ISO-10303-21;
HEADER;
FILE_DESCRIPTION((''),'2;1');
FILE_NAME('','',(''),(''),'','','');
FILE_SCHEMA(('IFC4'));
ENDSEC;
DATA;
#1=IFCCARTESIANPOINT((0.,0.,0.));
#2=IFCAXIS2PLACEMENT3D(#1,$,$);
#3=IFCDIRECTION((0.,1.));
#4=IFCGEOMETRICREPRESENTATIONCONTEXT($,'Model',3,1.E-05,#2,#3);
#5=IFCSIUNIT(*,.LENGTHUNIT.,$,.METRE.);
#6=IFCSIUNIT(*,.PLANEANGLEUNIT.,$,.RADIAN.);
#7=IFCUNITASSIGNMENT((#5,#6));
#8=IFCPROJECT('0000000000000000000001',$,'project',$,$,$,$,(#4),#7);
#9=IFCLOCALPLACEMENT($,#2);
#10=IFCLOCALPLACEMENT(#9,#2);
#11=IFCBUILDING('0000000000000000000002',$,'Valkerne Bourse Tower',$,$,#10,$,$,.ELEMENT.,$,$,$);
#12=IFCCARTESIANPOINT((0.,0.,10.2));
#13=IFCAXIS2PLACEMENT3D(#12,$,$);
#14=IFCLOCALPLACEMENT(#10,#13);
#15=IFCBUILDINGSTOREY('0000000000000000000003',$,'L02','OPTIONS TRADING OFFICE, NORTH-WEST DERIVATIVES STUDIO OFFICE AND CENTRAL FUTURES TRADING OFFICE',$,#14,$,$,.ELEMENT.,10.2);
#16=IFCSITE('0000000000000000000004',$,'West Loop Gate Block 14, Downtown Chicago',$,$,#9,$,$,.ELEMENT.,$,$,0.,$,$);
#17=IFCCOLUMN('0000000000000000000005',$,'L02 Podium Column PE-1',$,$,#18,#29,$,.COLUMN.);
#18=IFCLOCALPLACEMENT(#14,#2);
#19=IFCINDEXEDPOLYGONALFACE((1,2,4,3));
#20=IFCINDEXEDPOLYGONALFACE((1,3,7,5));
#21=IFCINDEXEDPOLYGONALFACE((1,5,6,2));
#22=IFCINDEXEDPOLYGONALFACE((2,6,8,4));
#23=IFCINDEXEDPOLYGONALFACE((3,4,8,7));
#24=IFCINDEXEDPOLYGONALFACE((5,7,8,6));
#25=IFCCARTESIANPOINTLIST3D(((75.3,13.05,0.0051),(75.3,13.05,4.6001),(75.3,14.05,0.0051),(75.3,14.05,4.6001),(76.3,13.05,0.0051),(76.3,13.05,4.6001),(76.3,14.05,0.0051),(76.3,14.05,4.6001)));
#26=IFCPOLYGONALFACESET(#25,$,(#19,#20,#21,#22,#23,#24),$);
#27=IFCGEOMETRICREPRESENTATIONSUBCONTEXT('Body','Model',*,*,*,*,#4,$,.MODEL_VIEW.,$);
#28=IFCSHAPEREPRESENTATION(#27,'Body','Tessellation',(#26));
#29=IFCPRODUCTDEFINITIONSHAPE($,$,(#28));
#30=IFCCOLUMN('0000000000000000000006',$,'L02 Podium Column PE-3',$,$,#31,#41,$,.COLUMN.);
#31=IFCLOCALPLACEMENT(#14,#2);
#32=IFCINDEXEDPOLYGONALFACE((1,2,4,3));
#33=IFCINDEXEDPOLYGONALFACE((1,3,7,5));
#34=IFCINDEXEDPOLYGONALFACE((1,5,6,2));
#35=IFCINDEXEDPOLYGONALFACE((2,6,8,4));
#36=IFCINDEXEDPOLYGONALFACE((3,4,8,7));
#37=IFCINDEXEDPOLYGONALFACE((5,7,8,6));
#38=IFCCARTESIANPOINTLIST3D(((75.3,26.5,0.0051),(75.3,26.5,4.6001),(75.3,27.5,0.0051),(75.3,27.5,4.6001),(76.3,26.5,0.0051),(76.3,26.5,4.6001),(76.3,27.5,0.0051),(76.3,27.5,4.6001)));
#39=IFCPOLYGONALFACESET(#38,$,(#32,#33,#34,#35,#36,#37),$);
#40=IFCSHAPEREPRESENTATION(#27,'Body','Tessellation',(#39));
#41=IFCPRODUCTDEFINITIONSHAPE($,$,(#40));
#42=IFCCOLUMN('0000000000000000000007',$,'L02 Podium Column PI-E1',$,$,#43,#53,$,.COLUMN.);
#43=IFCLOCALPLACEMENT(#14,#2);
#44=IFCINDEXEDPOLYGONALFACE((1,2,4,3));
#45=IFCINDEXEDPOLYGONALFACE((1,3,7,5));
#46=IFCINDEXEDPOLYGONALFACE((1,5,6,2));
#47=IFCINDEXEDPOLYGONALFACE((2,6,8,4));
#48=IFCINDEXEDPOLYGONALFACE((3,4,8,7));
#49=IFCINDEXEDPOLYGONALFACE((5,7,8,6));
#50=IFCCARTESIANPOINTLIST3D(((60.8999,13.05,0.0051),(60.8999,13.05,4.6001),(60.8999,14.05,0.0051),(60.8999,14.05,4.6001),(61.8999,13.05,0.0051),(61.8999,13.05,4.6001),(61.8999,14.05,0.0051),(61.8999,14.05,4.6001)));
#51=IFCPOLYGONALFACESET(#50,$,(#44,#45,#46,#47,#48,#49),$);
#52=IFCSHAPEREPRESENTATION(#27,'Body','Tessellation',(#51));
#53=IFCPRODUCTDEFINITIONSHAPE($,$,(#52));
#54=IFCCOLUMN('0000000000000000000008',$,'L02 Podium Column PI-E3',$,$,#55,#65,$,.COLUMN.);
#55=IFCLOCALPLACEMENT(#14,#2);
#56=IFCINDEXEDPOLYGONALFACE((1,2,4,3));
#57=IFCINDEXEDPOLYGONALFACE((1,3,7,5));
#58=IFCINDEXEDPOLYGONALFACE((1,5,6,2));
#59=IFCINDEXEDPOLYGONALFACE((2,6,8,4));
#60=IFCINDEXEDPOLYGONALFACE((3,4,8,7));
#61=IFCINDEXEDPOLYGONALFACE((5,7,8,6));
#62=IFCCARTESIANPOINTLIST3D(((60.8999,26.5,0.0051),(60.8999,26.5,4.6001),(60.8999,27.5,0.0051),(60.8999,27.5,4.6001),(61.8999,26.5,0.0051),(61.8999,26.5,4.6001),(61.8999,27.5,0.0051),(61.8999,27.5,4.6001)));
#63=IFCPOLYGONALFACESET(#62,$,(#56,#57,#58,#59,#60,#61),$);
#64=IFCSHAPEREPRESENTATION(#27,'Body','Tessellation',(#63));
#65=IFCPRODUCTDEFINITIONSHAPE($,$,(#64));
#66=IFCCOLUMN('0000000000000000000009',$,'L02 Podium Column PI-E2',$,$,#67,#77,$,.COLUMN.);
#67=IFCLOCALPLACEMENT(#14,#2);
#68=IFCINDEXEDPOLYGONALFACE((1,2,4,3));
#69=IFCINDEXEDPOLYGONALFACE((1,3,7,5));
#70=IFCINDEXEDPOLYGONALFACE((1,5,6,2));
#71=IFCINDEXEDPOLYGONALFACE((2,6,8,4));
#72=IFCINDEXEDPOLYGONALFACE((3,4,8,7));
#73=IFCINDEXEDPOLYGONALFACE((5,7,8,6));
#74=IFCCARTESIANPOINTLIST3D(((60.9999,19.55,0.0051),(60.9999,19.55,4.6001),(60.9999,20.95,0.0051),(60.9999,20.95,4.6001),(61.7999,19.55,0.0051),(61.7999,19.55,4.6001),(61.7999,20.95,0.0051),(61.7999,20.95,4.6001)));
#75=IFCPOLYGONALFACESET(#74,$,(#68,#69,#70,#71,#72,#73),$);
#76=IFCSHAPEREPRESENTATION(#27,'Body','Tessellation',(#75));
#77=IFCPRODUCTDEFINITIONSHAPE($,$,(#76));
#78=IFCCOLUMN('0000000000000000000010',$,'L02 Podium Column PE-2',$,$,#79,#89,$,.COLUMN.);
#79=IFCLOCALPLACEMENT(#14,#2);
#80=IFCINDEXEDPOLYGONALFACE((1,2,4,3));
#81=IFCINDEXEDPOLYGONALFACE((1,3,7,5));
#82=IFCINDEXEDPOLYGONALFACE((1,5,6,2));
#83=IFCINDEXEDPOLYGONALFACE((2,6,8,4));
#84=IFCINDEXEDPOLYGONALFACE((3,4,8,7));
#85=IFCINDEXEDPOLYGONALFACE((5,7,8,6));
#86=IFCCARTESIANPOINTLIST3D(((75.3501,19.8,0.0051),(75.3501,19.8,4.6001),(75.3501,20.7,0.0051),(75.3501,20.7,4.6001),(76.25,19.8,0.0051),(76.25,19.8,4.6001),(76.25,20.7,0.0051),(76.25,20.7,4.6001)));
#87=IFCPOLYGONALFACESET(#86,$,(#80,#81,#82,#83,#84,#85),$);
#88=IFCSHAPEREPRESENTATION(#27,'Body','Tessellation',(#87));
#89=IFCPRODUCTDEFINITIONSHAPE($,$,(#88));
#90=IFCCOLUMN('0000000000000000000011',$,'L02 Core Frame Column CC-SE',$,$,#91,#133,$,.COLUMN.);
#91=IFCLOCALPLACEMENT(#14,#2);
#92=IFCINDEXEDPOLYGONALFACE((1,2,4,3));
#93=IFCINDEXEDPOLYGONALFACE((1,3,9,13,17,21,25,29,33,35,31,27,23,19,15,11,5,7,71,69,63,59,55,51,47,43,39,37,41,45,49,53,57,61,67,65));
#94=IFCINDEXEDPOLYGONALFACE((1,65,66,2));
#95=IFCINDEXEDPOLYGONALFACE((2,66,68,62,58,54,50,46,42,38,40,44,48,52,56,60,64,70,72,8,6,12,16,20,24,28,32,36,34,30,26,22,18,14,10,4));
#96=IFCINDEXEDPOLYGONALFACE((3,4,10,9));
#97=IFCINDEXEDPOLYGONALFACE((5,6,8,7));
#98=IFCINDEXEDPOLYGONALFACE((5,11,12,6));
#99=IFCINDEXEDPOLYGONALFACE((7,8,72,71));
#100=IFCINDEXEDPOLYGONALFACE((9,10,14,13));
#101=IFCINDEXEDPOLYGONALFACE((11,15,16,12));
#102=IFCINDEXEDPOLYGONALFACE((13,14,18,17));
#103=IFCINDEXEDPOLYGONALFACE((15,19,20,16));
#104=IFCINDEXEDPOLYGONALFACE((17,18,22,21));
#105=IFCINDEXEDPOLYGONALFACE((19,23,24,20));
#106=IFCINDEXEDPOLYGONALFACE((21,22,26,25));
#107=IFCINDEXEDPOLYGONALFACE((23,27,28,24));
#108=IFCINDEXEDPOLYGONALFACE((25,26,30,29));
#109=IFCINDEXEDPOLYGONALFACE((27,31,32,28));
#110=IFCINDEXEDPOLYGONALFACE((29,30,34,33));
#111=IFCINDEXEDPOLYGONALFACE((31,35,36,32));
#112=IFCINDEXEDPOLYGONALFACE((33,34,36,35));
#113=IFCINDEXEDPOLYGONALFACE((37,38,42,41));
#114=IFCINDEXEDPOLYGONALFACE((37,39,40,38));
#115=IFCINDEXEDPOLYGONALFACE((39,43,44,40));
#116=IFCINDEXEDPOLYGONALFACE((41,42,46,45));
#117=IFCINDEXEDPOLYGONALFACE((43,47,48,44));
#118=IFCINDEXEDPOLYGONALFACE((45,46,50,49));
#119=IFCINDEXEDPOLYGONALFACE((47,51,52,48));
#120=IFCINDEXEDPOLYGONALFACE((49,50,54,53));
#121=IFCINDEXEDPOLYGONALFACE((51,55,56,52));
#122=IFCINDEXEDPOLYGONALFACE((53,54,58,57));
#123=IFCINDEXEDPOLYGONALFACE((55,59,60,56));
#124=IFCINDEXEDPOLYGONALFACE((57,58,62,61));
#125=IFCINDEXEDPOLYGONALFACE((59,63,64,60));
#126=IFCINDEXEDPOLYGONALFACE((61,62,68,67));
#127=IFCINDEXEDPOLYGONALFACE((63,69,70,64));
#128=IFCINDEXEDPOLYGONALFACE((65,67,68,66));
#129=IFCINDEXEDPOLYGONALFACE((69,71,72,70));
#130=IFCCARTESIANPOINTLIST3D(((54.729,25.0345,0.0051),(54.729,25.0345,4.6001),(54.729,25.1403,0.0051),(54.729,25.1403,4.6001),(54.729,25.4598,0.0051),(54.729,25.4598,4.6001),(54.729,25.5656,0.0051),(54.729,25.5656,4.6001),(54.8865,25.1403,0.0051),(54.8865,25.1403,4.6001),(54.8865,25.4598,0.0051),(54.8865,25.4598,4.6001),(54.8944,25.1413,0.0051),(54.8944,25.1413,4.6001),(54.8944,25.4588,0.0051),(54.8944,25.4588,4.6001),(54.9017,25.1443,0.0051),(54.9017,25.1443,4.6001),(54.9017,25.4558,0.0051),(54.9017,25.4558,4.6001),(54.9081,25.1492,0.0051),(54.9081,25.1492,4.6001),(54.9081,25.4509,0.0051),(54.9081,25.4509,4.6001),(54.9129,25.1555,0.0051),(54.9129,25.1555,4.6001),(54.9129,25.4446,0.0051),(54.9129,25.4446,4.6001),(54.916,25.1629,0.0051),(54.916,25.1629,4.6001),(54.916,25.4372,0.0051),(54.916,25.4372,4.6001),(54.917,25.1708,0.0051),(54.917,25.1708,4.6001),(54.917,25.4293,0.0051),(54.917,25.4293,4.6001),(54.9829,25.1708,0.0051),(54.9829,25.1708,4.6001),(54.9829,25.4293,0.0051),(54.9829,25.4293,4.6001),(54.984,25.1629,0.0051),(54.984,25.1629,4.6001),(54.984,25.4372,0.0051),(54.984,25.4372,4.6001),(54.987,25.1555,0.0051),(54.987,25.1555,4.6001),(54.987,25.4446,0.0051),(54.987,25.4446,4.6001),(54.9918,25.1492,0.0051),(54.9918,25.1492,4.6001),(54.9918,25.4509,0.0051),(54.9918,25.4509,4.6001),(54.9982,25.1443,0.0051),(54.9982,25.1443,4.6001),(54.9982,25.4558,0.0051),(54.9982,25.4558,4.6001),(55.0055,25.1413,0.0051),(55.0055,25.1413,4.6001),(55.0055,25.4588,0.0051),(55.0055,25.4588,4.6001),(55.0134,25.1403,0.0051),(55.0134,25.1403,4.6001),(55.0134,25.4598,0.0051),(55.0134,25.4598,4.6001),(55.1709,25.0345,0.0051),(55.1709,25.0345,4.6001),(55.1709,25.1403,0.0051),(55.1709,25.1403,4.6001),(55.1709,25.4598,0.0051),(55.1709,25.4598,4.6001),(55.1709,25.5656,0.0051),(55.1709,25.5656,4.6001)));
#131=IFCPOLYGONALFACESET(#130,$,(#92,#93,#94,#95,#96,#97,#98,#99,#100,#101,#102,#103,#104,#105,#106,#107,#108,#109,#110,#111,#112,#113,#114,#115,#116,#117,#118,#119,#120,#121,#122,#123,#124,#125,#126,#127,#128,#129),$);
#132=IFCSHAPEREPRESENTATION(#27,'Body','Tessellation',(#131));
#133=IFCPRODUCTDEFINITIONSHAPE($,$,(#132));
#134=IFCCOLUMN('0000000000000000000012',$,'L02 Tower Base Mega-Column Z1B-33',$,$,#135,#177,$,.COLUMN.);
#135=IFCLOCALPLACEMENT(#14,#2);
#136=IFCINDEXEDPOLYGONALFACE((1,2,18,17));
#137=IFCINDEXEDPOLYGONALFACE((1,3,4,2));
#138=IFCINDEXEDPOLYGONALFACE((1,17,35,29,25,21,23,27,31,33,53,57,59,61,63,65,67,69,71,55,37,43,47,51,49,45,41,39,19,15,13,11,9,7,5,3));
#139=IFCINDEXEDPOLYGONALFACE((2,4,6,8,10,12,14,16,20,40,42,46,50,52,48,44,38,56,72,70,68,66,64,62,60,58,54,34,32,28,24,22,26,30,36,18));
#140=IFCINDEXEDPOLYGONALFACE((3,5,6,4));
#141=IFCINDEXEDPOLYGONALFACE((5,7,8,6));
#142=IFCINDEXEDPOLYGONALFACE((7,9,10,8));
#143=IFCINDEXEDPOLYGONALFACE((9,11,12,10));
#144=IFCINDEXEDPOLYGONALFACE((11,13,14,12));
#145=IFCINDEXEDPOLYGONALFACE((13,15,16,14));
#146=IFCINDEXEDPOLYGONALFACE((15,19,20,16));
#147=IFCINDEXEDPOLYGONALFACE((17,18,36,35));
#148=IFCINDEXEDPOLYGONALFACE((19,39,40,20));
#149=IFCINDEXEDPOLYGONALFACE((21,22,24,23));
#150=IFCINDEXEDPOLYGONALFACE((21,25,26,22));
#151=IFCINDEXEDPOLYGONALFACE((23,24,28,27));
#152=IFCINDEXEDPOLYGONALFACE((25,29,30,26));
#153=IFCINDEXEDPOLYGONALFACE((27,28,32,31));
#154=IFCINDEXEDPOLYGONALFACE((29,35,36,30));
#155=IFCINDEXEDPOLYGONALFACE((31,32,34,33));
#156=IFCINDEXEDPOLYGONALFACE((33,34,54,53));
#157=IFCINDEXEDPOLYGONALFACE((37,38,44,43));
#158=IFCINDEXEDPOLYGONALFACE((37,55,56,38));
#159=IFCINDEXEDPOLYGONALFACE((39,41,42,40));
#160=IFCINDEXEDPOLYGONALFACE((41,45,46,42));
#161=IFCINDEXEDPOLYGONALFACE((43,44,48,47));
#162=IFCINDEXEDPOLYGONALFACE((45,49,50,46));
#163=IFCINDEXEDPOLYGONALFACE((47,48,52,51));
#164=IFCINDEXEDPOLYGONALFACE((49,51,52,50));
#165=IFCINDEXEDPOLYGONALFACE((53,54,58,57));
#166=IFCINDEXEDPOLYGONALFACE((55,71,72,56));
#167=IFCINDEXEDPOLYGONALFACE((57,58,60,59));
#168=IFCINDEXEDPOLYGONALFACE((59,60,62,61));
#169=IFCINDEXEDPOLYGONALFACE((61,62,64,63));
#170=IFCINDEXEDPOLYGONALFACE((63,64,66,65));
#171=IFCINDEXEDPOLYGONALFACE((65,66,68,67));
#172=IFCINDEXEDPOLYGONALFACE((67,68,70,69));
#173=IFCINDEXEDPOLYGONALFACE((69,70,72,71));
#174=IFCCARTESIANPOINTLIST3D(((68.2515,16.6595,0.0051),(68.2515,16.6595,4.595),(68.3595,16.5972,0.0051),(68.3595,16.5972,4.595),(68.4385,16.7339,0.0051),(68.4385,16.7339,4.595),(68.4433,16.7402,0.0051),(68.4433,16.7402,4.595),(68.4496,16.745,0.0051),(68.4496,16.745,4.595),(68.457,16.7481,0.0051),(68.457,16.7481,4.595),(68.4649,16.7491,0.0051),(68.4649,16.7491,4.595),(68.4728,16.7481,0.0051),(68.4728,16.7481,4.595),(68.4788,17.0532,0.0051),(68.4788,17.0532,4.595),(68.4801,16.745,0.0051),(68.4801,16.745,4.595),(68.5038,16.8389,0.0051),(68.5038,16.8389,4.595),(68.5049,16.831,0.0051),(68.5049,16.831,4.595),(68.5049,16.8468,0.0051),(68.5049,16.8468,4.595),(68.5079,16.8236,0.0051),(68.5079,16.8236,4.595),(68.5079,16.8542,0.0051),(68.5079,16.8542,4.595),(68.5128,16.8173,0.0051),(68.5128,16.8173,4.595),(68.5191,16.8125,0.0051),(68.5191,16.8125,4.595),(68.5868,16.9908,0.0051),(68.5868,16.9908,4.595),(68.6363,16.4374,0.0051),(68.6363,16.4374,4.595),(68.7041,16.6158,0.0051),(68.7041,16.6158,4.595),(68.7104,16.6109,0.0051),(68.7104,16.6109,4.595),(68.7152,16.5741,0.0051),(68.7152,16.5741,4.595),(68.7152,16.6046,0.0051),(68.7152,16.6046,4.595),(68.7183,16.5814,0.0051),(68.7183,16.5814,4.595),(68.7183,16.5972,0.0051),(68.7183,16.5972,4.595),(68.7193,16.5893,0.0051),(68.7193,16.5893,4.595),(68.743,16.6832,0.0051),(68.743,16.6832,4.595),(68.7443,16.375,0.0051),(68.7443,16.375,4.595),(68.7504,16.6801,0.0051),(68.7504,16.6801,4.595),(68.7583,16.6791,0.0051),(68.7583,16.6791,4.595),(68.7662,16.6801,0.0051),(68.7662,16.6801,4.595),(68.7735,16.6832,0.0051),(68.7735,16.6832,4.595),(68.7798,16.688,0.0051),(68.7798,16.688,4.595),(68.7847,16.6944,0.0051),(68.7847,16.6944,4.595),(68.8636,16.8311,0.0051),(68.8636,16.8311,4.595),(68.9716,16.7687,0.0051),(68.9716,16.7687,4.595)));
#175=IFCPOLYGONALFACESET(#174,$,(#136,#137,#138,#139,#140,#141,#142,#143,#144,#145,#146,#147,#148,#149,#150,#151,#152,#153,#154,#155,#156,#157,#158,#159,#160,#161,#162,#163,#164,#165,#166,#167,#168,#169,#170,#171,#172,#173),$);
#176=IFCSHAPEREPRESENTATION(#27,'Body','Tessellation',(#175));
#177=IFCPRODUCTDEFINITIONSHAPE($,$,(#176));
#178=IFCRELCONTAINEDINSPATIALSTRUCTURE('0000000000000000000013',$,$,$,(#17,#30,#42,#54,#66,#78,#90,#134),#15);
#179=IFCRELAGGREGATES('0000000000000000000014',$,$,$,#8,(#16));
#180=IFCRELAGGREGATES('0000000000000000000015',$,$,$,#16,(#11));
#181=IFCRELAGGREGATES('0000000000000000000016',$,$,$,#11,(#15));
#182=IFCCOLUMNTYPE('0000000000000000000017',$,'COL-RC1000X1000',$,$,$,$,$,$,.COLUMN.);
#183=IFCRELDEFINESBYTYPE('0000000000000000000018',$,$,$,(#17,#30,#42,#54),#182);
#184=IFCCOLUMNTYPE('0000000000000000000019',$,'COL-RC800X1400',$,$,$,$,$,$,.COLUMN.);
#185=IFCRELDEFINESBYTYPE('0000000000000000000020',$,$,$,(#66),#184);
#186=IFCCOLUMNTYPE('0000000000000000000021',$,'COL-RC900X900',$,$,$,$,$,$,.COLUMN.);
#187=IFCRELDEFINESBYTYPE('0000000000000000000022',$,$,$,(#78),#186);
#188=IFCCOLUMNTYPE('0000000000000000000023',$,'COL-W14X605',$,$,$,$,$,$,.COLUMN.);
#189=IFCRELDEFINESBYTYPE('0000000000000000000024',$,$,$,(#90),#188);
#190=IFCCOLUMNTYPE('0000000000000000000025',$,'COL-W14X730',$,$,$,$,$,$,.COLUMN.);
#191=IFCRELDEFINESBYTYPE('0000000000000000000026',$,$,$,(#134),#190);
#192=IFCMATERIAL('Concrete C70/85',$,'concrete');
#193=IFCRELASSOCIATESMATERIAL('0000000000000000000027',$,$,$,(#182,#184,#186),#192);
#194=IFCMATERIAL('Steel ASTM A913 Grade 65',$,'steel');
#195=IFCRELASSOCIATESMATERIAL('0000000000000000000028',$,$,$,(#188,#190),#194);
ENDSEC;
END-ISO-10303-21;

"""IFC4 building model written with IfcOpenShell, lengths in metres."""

from ifc_helpers import new_model, si_unit, direction, frame, origin, origin_2d, place, context, subcontext, project, spatial, rectangle, i_section, extrude, material, material_profile, profile_set, type_object, element, save


model = new_model("IFC4")

# Units and contexts
model_context = context("Model", 3, precision=1e-05, world=origin(), true_north=direction((0.0, 1.0)))
body_context = subcontext(model_context, "Body", "Model", "MODEL_VIEW")
ifc_project = project(units=[si_unit("LENGTHUNIT", "METRE"), si_unit("PLANEANGLEUNIT", "RADIAN")], contexts=[model_context])

# Site, building, storey
site_placement = place(None, origin())
site = spatial("IfcSite", under=ifc_project, at=site_placement, Name="West Loop Gate Block 14, Downtown Chicago", CompositionType="ELEMENT", RefElevation=0.0)
building_placement = place(site_placement, origin())
building = spatial("IfcBuilding", under=site, at=building_placement, Name="Valkerne Bourse Tower", CompositionType="ELEMENT")
storey_placement = place(building_placement, frame((0.0, 0.0, 10.2)))
storey = spatial("IfcBuildingStorey", under=building, at=storey_placement, Name="L02", Description="OPTIONS TRADING OFFICE, NORTH-WEST DERIVATIVES STUDIO OFFICE AND CENTRAL FUTURES TRADING OFFICE", CompositionType="ELEMENT", Elevation=10.2)

# Columns
ifc_material_1 = material(Name="Concrete C70/85", Category="concrete")
ifc_material_profile_1 = material_profile(ifc_material_1, rectangle(XDim=1.0, YDim=1.0, at=origin_2d()), Name="RC1000X1000")
ifc_profile_set_1 = profile_set([ifc_material_profile_1], Name="Concrete C70/85")
column_type_1 = type_object("IfcColumnType", Name="COL-RC1000X1000", PredefinedType="COLUMN", material=ifc_profile_set_1)
for number, where, z_axis, x_axis, name in (
    (1, (75.8, 13.55, 0.0051), (0.0, 0.0, 1.0), (1.0, 0.0, 0.0), "L02 Podium Column PE-1"),
    (2, (75.8, 27.0, 0.0051), (0.0, 0.0, 1.0), (1.0, 0.0, 0.0), "L02 Podium Column PE-3"),
    (3, (61.3999, 13.55, 0.0051), (0.0, 0.0, 1.0), (1.0, 0.0, 0.0), "L02 Podium Column PI-E1"),
    (4, (61.3999, 27.0, 0.0051), (0.0, 0.0, 1.0), (1.0, 0.0, 0.0), "L02 Podium Column PI-E3"),
):
    element("IfcColumn", number, at=place(storey_placement, frame(where, z_axis=z_axis, x_axis=x_axis)), inside=storey, type_object=column_type_1, Name=name, PredefinedType="COLUMN", context=body_context, shape_type="SweptSolid", body=[
        extrude(rectangle(XDim=1.0, YDim=1.0, at=origin_2d()), origin(), (0.0, 0.0, 1.0), 4.595),
    ])
ifc_material_profile_2 = material_profile(ifc_material_1, rectangle(XDim=0.8, YDim=1.3999, at=origin_2d()), Name="RC800X1400")
ifc_profile_set_2 = profile_set([ifc_material_profile_2], Name="Concrete C70/85")
column_type_2 = type_object("IfcColumnType", Name="COL-RC800X1400", PredefinedType="COLUMN", material=ifc_profile_set_2)
column_1_placement = place(storey_placement, frame((61.3999, 20.25, 0.0051), z_axis=(0.0, 0.0, 1.0), x_axis=(1.0, 0.0, 0.0)))
element("IfcColumn", 5, at=column_1_placement, inside=storey, type_object=column_type_2, Name="L02 Podium Column PI-E2", PredefinedType="COLUMN", context=body_context, shape_type="SweptSolid", body=[
    extrude(rectangle(XDim=0.8, YDim=1.3999, at=origin_2d()), origin(), (0.0, 0.0, 1.0), 4.595),
])
ifc_material_profile_3 = material_profile(ifc_material_1, rectangle(XDim=0.8999, YDim=0.8999, at=origin_2d()), Name="RC900X900")
ifc_profile_set_3 = profile_set([ifc_material_profile_3], Name="Concrete C70/85")
column_type_3 = type_object("IfcColumnType", Name="COL-RC900X900", PredefinedType="COLUMN", material=ifc_profile_set_3)
column_2_placement = place(storey_placement, frame((75.8, 20.25, 0.0051), z_axis=(0.0, 0.0, 1.0), x_axis=(1.0, 0.0, 0.0)))
element("IfcColumn", 6, at=column_2_placement, inside=storey, type_object=column_type_3, Name="L02 Podium Column PE-2", PredefinedType="COLUMN", context=body_context, shape_type="SweptSolid", body=[
    extrude(rectangle(XDim=0.8999, YDim=0.8999, at=origin_2d()), origin(), (0.0, 0.0, 1.0), 4.595),
])
ifc_material_2 = material(Name="Steel ASTM A913 Grade 65", Category="steel")
ifc_material_profile_4 = material_profile(ifc_material_2, i_section(OverallWidth=0.4419, OverallDepth=0.531, WebThickness=0.0659, FlangeThickness=0.1057, FilletRadius=0.0305, at=origin_2d()), Name="W14X605")
ifc_profile_set_4 = profile_set([ifc_material_profile_4], Name="Steel ASTM A913 Grade 65")
column_type_4 = type_object("IfcColumnType", Name="COL-W14X605", PredefinedType="COLUMN", material=ifc_profile_set_4)
column_3_placement = place(storey_placement, frame((54.95, 25.3, 0.0051), z_axis=(0.0, 0.0, 1.0), x_axis=(1.0, 0.0, 0.0)))
element("IfcColumn", 7, at=column_3_placement, inside=storey, type_object=column_type_4, Name="L02 Core Frame Column CC-SE", PredefinedType="COLUMN", context=body_context, shape_type="SweptSolid", body=[
    extrude(i_section(OverallWidth=0.4419, OverallDepth=0.531, WebThickness=0.0659, FlangeThickness=0.1057, FilletRadius=0.0305, at=origin_2d()), origin(), (0.0, 0.0, 1.0), 4.595),
])
ifc_material_profile_5 = material_profile(ifc_material_2, i_section(OverallWidth=0.4546, OverallDepth=0.5691, WebThickness=0.0779, FlangeThickness=0.1248, FilletRadius=0.0305, at=origin_2d()), Name="W14X730")
ifc_profile_set_5 = profile_set([ifc_material_profile_5], Name="Steel ASTM A913 Grade 65")
column_type_5 = type_object("IfcColumnType", Name="COL-W14X730", PredefinedType="COLUMN", material=ifc_profile_set_5)
for number, where, z_axis, x_axis, name in (
    (8, (68.6116, 16.7141, 0.0051), (0.0, 0.0, 1.0), (0.5, 0.866025, 0.0), "L02 Tower Base Mega-Column Z1B-33"),
):
    element("IfcColumn", number, at=place(storey_placement, frame(where, z_axis=z_axis, x_axis=x_axis)), inside=storey, type_object=column_type_5, Name=name, PredefinedType="COLUMN", context=body_context, shape_type="SweptSolid", body=[
        extrude(i_section(OverallWidth=0.4546, OverallDepth=0.5691, WebThickness=0.0779, FlangeThickness=0.1248, FilletRadius=0.0305, at=origin_2d()), origin(), (0.0, 0.0, 1.0), 4.5898),
    ])

save(model, "model.ifc")
